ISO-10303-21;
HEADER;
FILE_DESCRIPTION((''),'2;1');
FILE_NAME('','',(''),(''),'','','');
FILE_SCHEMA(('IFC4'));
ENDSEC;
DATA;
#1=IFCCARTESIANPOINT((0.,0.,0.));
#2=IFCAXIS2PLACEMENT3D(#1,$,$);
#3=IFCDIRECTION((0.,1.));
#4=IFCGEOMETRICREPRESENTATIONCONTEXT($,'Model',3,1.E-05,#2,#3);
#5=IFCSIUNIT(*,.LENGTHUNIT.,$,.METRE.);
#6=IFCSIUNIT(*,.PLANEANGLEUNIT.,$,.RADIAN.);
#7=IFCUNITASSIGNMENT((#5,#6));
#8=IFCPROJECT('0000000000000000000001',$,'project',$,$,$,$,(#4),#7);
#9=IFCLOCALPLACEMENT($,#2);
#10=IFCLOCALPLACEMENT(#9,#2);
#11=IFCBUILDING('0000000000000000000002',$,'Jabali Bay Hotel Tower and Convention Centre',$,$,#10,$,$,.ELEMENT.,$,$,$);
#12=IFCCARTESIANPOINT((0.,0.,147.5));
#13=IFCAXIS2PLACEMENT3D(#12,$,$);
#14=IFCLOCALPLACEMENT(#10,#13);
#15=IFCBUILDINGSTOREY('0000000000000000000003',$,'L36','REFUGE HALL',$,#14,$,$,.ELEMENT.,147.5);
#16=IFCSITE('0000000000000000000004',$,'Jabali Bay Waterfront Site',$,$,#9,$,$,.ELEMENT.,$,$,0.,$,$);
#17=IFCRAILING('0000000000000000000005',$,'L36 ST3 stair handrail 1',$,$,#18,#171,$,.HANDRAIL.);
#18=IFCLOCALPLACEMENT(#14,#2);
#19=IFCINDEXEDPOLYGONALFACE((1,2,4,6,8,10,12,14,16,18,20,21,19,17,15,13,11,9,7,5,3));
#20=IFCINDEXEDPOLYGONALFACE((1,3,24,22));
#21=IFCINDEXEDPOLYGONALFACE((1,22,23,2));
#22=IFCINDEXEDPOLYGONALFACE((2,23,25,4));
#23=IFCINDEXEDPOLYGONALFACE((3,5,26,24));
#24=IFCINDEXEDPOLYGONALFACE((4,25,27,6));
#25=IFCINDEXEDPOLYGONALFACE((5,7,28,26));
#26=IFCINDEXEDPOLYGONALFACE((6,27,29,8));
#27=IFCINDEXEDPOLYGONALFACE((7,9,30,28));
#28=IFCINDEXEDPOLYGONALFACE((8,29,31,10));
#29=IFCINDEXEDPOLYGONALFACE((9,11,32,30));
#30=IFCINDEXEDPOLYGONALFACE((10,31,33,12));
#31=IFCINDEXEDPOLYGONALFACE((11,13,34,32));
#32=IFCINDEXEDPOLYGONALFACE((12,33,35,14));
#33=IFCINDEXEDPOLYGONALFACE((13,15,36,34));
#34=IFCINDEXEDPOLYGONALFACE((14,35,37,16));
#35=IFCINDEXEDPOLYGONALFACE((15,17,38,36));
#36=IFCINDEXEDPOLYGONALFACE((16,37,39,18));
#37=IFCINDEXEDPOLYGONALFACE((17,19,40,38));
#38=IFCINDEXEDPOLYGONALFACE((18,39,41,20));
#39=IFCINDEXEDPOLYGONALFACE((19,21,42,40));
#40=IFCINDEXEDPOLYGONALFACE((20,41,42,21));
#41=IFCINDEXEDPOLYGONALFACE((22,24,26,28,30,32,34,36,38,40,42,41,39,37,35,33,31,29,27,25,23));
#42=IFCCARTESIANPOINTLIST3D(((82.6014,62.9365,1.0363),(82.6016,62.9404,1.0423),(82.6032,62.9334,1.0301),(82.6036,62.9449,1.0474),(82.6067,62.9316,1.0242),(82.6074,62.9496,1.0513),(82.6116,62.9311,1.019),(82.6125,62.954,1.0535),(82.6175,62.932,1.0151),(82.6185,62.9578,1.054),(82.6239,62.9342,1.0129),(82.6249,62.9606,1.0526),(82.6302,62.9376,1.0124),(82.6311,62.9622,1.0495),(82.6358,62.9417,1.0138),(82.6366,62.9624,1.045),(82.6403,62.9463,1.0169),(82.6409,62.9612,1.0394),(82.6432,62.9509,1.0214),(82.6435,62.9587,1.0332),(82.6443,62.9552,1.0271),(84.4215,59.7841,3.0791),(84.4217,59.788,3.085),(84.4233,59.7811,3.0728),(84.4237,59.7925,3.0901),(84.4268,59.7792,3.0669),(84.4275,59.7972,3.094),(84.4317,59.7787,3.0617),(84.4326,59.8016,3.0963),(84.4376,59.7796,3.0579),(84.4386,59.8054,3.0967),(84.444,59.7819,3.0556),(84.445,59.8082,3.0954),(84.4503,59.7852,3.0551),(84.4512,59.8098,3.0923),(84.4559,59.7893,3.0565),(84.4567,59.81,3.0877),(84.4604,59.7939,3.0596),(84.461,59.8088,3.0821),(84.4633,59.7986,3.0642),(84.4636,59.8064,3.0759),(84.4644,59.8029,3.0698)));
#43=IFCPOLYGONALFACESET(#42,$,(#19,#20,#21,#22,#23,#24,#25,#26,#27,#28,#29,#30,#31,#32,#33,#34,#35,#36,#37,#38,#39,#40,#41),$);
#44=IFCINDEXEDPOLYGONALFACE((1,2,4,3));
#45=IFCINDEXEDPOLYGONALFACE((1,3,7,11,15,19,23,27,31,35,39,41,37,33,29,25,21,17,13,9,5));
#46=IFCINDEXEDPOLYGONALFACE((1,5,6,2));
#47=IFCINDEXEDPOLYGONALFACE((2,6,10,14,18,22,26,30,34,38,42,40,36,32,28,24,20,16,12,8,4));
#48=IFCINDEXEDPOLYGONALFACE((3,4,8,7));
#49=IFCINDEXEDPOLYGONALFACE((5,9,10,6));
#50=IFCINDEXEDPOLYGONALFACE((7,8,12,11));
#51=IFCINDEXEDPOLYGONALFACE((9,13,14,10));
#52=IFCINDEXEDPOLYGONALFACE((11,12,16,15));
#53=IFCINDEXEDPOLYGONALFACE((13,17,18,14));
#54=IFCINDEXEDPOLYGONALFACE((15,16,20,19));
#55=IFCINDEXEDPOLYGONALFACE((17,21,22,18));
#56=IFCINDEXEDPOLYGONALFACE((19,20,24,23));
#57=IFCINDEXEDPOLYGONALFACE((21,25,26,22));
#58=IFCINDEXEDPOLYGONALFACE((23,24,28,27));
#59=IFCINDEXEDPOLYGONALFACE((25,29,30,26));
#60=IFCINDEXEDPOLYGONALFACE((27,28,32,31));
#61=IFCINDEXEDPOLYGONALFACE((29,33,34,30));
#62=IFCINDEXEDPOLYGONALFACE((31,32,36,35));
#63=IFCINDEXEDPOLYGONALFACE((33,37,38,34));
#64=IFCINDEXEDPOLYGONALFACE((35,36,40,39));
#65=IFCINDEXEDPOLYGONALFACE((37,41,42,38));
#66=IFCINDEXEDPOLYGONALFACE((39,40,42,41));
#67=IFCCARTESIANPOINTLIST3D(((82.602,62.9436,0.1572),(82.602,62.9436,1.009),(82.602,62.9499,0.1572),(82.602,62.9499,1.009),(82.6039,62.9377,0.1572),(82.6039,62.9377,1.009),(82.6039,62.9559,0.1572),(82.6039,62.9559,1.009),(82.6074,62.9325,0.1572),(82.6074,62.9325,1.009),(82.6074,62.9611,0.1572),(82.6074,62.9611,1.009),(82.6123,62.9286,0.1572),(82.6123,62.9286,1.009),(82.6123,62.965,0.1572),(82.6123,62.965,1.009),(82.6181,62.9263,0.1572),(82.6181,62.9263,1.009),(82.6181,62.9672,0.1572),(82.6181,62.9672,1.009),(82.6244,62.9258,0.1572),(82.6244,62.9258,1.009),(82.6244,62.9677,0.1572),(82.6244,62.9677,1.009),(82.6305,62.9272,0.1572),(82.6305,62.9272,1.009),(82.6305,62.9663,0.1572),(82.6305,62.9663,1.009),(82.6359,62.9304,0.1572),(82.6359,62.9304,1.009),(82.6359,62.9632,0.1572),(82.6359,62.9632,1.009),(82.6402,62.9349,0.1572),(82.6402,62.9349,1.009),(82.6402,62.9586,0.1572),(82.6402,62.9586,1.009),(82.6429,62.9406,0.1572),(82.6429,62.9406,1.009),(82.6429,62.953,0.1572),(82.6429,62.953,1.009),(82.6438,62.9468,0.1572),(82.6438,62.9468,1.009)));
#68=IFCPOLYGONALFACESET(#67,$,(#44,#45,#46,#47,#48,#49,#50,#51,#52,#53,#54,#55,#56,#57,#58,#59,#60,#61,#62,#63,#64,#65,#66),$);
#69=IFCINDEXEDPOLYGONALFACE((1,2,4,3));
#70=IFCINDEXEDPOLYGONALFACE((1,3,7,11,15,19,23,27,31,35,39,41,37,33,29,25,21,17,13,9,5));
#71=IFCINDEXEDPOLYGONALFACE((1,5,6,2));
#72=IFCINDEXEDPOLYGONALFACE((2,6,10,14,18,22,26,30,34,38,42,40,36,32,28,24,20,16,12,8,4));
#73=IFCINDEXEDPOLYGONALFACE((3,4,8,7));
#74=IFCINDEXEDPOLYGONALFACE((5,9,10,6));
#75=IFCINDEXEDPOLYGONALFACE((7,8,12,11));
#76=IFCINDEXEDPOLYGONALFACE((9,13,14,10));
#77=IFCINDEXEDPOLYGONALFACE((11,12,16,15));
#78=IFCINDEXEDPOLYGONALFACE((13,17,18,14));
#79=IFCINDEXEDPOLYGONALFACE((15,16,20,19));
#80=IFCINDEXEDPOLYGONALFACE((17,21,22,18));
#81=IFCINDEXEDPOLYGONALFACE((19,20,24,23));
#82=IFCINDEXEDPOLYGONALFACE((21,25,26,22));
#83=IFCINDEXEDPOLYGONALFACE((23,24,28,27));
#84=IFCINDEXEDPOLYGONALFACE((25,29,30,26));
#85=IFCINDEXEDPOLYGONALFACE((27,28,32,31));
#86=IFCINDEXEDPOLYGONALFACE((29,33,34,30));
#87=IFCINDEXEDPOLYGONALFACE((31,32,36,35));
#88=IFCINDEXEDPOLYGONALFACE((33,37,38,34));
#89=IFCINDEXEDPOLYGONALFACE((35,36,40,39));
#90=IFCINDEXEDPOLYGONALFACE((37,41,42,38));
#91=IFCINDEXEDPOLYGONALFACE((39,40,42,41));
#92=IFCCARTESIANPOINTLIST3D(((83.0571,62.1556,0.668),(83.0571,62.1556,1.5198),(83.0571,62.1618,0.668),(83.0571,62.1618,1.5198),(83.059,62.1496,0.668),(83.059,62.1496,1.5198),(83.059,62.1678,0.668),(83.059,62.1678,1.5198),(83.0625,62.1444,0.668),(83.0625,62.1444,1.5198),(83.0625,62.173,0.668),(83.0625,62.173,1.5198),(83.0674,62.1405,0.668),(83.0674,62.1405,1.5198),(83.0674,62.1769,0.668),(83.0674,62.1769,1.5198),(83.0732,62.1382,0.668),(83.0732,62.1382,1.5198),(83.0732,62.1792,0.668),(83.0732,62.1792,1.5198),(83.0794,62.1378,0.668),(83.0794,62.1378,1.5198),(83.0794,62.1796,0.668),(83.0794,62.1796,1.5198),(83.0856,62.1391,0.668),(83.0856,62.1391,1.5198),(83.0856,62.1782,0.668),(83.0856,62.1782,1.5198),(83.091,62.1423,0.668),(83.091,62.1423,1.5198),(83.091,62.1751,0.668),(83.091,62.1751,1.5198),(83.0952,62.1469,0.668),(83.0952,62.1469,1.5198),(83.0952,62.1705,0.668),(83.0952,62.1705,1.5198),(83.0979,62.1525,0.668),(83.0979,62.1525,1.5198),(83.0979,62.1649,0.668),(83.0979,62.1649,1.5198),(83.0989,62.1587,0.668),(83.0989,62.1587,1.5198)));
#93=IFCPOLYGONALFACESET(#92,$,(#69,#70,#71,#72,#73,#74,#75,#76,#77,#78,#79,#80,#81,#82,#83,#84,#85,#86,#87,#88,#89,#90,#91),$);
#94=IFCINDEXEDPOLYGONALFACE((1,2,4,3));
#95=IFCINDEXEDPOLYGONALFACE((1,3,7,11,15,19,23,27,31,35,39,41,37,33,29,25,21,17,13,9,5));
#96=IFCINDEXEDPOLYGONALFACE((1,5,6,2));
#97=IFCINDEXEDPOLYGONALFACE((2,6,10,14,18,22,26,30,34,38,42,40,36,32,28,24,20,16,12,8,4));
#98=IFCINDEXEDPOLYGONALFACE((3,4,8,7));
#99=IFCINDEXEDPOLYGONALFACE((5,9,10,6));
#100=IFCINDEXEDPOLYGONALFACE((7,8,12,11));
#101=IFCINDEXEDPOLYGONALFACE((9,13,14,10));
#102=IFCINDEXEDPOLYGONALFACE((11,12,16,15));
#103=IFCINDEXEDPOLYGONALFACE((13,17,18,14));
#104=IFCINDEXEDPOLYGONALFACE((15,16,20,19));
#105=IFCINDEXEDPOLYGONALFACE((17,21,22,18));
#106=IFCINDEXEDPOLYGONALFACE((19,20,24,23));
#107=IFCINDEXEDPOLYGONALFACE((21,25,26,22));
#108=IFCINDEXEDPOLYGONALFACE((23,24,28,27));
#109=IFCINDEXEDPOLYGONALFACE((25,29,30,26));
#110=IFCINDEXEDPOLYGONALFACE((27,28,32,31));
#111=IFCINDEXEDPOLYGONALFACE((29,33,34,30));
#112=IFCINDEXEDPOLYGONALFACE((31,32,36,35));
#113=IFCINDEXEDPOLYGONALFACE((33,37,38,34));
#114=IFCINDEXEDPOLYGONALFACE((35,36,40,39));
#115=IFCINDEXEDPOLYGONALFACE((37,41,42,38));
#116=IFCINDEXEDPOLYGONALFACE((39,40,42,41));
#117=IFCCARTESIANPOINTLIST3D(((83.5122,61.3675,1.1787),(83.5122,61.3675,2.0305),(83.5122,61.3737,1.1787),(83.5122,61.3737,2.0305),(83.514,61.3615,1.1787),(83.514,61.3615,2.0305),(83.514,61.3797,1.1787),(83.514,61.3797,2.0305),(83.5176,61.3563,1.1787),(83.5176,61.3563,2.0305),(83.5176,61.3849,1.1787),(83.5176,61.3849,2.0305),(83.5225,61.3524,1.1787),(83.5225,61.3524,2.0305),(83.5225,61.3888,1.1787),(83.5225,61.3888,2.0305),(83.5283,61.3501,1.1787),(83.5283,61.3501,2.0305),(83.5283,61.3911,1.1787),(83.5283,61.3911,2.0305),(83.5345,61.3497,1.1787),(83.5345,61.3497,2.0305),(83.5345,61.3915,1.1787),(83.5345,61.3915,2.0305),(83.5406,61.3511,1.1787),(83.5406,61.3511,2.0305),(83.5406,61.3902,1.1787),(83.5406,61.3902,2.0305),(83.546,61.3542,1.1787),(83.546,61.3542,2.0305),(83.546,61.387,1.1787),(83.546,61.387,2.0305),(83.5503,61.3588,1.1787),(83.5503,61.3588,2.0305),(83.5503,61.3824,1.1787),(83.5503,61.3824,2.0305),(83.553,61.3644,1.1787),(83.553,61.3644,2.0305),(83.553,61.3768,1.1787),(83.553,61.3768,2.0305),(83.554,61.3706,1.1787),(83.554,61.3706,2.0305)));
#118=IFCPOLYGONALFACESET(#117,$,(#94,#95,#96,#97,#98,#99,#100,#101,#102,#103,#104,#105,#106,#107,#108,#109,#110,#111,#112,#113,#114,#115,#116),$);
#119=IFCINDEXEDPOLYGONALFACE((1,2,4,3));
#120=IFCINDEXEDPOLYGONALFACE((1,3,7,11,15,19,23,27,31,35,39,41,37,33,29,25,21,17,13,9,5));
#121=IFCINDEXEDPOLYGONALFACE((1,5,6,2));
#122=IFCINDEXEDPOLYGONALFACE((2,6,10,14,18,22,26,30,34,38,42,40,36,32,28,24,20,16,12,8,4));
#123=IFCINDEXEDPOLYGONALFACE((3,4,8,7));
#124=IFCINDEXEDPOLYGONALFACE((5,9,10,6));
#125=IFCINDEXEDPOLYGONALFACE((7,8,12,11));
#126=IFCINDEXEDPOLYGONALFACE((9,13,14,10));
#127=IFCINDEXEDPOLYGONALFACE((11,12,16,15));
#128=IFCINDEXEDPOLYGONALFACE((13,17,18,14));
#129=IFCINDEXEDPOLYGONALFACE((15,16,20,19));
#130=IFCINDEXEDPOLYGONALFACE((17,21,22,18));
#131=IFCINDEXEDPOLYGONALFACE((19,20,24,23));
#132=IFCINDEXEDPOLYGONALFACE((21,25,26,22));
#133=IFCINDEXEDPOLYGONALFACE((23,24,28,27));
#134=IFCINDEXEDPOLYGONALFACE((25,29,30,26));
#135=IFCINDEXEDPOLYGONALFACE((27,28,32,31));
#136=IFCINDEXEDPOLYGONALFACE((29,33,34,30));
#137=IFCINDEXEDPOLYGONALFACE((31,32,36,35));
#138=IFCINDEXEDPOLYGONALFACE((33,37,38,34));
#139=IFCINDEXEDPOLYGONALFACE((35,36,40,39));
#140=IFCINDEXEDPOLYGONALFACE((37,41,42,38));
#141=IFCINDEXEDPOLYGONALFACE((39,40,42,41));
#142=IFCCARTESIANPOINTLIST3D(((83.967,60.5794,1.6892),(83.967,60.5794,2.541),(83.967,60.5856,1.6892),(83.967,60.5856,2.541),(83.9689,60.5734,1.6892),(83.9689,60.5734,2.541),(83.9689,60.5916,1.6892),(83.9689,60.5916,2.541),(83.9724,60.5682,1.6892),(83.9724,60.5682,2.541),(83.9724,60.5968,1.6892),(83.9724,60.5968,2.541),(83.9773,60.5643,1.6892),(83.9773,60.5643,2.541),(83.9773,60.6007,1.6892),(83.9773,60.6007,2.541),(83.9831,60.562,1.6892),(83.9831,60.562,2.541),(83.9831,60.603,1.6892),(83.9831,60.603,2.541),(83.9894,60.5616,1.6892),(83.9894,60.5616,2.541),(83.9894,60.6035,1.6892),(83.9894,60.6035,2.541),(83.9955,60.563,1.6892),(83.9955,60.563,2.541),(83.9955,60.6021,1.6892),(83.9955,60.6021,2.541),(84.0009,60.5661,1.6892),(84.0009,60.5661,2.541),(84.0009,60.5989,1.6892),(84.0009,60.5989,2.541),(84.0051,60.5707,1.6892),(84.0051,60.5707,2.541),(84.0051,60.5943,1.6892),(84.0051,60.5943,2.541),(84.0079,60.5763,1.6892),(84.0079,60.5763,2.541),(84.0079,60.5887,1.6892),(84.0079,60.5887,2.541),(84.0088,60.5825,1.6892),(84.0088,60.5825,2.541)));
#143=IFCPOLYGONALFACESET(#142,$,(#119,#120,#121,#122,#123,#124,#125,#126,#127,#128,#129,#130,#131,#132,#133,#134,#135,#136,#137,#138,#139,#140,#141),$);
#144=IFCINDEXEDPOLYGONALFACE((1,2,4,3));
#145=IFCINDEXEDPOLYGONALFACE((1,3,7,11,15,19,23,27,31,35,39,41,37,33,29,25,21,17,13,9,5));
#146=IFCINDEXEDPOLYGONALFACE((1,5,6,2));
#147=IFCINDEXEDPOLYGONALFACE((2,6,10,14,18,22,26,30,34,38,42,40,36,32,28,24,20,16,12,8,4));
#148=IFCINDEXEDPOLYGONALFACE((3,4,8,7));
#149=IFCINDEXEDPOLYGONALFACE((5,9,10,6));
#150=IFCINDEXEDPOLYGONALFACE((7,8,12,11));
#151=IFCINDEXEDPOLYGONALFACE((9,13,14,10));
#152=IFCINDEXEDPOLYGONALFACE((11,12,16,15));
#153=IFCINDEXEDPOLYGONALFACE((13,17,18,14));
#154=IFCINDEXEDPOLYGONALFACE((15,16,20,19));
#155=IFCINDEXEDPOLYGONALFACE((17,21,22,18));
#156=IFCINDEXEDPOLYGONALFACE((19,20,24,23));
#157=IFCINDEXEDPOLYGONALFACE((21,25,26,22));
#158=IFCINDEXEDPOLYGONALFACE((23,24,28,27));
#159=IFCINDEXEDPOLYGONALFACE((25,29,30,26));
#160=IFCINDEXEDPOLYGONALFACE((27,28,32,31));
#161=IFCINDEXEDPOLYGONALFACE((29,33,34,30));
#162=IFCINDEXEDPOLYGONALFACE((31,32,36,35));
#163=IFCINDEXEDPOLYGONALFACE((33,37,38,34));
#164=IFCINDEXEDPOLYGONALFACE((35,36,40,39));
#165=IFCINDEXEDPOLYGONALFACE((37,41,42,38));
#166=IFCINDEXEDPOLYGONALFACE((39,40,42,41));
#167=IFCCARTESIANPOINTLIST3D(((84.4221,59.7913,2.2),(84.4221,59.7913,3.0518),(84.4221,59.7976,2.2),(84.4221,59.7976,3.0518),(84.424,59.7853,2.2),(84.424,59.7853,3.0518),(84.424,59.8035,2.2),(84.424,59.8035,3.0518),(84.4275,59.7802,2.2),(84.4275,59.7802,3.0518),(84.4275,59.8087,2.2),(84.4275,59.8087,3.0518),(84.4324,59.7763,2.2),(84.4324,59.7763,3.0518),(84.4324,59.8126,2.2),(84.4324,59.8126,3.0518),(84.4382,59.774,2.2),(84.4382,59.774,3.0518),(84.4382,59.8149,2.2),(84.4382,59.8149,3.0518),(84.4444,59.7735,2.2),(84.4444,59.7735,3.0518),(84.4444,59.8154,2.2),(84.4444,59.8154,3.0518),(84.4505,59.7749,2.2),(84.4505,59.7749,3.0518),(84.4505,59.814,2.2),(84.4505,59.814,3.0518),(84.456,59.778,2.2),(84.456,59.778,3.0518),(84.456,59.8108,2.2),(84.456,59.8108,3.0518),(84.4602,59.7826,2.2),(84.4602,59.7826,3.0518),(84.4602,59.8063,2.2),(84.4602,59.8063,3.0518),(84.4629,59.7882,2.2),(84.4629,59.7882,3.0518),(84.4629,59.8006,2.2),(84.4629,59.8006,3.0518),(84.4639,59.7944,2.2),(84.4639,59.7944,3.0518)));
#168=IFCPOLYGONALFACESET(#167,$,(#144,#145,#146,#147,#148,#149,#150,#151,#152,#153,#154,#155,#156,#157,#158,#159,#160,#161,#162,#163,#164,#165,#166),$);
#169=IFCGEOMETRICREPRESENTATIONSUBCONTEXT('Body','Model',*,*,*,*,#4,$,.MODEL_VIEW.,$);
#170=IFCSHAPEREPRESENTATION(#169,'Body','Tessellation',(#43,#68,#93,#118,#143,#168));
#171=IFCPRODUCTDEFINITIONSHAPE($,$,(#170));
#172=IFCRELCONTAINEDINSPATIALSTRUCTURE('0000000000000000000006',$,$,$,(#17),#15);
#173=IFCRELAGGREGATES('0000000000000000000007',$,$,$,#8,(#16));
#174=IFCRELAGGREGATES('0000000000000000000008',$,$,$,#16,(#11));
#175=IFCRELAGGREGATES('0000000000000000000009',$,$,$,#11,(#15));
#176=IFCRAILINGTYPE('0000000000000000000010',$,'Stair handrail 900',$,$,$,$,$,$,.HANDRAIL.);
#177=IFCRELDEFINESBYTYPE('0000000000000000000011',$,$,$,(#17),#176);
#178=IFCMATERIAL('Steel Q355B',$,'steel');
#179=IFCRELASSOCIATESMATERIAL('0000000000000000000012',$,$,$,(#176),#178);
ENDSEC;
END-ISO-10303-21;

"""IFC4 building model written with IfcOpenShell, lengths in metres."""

from ifc_helpers import new_model, si_unit, direction, frame, origin, origin_2d, place, context, subcontext, project, spatial, circle, extrude, material, type_object, element, save


model = new_model("IFC4")

# Units and contexts
model_context = context("Model", 3, precision=1e-05, world=origin(), true_north=direction((0.0, 1.0)))
body_context = subcontext(model_context, "Body", "Model", "MODEL_VIEW")
ifc_project = project(units=[si_unit("LENGTHUNIT", "METRE"), si_unit("PLANEANGLEUNIT", "RADIAN")], contexts=[model_context])

# Site, building, storey
site_placement = place(None, origin())
site = spatial("IfcSite", under=ifc_project, at=site_placement, Name="Jabali Bay Waterfront Site", CompositionType="ELEMENT", RefElevation=0.0)
building_placement = place(site_placement, origin())
building = spatial("IfcBuilding", under=site, at=building_placement, Name="Jabali Bay Hotel Tower and Convention Centre", CompositionType="ELEMENT")
storey_placement = place(building_placement, frame((0.0, 0.0, 147.5)))
storey = spatial("IfcBuildingStorey", under=building, at=storey_placement, Name="L36", Description="REFUGE HALL", CompositionType="ELEMENT", Elevation=147.5)

# Railing
ifc_material_1 = material(Name="Steel Q355B", Category="steel")
railing_type_1 = type_object("IfcRailingType", Name="Stair handrail 900", PredefinedType="HANDRAIL", material=ifc_material_1)
railing_1_placement = place(storey_placement, frame((82.6228, 62.9468, 0.1572)))
element("IfcRailing", 1, at=railing_1_placement, inside=storey, type_object=railing_type_1, Name="L36 ST3 stair handrail 1", PredefinedType="HANDRAIL", context=body_context, shape_type="SweptSolid", body=[
    extrude(circle(Radius=0.0239, at=origin_2d()), frame((0.0, 0.0, 0.876), z_axis=(0.436044, -0.755225, 0.489387), x_axis=(0.866018, 0.500013, 0.0)), (0.0, 0.0, 1.0), 4.1741),
    extrude(circle(Radius=0.021, at=origin_2d()), origin(), (0.0, 0.0, 1.0), 0.8518),
    extrude(circle(Radius=0.021, at=origin_2d()), frame((0.4551, -0.7881, 0.5107)), (0.0, 0.0, 1.0), 0.8518),
    extrude(circle(Radius=0.021, at=origin_2d()), frame((0.9102, -1.5762, 1.0215)), (0.0, 0.0, 1.0), 0.8518),
    extrude(circle(Radius=0.021, at=origin_2d()), frame((1.365, -2.3643, 1.532)), (0.0, 0.0, 1.0), 0.8518),
    extrude(circle(Radius=0.021, at=origin_2d()), frame((1.8201, -3.1523, 2.0427)), (0.0, 0.0, 1.0), 0.8518),
])

save(model, "model.ifc")
